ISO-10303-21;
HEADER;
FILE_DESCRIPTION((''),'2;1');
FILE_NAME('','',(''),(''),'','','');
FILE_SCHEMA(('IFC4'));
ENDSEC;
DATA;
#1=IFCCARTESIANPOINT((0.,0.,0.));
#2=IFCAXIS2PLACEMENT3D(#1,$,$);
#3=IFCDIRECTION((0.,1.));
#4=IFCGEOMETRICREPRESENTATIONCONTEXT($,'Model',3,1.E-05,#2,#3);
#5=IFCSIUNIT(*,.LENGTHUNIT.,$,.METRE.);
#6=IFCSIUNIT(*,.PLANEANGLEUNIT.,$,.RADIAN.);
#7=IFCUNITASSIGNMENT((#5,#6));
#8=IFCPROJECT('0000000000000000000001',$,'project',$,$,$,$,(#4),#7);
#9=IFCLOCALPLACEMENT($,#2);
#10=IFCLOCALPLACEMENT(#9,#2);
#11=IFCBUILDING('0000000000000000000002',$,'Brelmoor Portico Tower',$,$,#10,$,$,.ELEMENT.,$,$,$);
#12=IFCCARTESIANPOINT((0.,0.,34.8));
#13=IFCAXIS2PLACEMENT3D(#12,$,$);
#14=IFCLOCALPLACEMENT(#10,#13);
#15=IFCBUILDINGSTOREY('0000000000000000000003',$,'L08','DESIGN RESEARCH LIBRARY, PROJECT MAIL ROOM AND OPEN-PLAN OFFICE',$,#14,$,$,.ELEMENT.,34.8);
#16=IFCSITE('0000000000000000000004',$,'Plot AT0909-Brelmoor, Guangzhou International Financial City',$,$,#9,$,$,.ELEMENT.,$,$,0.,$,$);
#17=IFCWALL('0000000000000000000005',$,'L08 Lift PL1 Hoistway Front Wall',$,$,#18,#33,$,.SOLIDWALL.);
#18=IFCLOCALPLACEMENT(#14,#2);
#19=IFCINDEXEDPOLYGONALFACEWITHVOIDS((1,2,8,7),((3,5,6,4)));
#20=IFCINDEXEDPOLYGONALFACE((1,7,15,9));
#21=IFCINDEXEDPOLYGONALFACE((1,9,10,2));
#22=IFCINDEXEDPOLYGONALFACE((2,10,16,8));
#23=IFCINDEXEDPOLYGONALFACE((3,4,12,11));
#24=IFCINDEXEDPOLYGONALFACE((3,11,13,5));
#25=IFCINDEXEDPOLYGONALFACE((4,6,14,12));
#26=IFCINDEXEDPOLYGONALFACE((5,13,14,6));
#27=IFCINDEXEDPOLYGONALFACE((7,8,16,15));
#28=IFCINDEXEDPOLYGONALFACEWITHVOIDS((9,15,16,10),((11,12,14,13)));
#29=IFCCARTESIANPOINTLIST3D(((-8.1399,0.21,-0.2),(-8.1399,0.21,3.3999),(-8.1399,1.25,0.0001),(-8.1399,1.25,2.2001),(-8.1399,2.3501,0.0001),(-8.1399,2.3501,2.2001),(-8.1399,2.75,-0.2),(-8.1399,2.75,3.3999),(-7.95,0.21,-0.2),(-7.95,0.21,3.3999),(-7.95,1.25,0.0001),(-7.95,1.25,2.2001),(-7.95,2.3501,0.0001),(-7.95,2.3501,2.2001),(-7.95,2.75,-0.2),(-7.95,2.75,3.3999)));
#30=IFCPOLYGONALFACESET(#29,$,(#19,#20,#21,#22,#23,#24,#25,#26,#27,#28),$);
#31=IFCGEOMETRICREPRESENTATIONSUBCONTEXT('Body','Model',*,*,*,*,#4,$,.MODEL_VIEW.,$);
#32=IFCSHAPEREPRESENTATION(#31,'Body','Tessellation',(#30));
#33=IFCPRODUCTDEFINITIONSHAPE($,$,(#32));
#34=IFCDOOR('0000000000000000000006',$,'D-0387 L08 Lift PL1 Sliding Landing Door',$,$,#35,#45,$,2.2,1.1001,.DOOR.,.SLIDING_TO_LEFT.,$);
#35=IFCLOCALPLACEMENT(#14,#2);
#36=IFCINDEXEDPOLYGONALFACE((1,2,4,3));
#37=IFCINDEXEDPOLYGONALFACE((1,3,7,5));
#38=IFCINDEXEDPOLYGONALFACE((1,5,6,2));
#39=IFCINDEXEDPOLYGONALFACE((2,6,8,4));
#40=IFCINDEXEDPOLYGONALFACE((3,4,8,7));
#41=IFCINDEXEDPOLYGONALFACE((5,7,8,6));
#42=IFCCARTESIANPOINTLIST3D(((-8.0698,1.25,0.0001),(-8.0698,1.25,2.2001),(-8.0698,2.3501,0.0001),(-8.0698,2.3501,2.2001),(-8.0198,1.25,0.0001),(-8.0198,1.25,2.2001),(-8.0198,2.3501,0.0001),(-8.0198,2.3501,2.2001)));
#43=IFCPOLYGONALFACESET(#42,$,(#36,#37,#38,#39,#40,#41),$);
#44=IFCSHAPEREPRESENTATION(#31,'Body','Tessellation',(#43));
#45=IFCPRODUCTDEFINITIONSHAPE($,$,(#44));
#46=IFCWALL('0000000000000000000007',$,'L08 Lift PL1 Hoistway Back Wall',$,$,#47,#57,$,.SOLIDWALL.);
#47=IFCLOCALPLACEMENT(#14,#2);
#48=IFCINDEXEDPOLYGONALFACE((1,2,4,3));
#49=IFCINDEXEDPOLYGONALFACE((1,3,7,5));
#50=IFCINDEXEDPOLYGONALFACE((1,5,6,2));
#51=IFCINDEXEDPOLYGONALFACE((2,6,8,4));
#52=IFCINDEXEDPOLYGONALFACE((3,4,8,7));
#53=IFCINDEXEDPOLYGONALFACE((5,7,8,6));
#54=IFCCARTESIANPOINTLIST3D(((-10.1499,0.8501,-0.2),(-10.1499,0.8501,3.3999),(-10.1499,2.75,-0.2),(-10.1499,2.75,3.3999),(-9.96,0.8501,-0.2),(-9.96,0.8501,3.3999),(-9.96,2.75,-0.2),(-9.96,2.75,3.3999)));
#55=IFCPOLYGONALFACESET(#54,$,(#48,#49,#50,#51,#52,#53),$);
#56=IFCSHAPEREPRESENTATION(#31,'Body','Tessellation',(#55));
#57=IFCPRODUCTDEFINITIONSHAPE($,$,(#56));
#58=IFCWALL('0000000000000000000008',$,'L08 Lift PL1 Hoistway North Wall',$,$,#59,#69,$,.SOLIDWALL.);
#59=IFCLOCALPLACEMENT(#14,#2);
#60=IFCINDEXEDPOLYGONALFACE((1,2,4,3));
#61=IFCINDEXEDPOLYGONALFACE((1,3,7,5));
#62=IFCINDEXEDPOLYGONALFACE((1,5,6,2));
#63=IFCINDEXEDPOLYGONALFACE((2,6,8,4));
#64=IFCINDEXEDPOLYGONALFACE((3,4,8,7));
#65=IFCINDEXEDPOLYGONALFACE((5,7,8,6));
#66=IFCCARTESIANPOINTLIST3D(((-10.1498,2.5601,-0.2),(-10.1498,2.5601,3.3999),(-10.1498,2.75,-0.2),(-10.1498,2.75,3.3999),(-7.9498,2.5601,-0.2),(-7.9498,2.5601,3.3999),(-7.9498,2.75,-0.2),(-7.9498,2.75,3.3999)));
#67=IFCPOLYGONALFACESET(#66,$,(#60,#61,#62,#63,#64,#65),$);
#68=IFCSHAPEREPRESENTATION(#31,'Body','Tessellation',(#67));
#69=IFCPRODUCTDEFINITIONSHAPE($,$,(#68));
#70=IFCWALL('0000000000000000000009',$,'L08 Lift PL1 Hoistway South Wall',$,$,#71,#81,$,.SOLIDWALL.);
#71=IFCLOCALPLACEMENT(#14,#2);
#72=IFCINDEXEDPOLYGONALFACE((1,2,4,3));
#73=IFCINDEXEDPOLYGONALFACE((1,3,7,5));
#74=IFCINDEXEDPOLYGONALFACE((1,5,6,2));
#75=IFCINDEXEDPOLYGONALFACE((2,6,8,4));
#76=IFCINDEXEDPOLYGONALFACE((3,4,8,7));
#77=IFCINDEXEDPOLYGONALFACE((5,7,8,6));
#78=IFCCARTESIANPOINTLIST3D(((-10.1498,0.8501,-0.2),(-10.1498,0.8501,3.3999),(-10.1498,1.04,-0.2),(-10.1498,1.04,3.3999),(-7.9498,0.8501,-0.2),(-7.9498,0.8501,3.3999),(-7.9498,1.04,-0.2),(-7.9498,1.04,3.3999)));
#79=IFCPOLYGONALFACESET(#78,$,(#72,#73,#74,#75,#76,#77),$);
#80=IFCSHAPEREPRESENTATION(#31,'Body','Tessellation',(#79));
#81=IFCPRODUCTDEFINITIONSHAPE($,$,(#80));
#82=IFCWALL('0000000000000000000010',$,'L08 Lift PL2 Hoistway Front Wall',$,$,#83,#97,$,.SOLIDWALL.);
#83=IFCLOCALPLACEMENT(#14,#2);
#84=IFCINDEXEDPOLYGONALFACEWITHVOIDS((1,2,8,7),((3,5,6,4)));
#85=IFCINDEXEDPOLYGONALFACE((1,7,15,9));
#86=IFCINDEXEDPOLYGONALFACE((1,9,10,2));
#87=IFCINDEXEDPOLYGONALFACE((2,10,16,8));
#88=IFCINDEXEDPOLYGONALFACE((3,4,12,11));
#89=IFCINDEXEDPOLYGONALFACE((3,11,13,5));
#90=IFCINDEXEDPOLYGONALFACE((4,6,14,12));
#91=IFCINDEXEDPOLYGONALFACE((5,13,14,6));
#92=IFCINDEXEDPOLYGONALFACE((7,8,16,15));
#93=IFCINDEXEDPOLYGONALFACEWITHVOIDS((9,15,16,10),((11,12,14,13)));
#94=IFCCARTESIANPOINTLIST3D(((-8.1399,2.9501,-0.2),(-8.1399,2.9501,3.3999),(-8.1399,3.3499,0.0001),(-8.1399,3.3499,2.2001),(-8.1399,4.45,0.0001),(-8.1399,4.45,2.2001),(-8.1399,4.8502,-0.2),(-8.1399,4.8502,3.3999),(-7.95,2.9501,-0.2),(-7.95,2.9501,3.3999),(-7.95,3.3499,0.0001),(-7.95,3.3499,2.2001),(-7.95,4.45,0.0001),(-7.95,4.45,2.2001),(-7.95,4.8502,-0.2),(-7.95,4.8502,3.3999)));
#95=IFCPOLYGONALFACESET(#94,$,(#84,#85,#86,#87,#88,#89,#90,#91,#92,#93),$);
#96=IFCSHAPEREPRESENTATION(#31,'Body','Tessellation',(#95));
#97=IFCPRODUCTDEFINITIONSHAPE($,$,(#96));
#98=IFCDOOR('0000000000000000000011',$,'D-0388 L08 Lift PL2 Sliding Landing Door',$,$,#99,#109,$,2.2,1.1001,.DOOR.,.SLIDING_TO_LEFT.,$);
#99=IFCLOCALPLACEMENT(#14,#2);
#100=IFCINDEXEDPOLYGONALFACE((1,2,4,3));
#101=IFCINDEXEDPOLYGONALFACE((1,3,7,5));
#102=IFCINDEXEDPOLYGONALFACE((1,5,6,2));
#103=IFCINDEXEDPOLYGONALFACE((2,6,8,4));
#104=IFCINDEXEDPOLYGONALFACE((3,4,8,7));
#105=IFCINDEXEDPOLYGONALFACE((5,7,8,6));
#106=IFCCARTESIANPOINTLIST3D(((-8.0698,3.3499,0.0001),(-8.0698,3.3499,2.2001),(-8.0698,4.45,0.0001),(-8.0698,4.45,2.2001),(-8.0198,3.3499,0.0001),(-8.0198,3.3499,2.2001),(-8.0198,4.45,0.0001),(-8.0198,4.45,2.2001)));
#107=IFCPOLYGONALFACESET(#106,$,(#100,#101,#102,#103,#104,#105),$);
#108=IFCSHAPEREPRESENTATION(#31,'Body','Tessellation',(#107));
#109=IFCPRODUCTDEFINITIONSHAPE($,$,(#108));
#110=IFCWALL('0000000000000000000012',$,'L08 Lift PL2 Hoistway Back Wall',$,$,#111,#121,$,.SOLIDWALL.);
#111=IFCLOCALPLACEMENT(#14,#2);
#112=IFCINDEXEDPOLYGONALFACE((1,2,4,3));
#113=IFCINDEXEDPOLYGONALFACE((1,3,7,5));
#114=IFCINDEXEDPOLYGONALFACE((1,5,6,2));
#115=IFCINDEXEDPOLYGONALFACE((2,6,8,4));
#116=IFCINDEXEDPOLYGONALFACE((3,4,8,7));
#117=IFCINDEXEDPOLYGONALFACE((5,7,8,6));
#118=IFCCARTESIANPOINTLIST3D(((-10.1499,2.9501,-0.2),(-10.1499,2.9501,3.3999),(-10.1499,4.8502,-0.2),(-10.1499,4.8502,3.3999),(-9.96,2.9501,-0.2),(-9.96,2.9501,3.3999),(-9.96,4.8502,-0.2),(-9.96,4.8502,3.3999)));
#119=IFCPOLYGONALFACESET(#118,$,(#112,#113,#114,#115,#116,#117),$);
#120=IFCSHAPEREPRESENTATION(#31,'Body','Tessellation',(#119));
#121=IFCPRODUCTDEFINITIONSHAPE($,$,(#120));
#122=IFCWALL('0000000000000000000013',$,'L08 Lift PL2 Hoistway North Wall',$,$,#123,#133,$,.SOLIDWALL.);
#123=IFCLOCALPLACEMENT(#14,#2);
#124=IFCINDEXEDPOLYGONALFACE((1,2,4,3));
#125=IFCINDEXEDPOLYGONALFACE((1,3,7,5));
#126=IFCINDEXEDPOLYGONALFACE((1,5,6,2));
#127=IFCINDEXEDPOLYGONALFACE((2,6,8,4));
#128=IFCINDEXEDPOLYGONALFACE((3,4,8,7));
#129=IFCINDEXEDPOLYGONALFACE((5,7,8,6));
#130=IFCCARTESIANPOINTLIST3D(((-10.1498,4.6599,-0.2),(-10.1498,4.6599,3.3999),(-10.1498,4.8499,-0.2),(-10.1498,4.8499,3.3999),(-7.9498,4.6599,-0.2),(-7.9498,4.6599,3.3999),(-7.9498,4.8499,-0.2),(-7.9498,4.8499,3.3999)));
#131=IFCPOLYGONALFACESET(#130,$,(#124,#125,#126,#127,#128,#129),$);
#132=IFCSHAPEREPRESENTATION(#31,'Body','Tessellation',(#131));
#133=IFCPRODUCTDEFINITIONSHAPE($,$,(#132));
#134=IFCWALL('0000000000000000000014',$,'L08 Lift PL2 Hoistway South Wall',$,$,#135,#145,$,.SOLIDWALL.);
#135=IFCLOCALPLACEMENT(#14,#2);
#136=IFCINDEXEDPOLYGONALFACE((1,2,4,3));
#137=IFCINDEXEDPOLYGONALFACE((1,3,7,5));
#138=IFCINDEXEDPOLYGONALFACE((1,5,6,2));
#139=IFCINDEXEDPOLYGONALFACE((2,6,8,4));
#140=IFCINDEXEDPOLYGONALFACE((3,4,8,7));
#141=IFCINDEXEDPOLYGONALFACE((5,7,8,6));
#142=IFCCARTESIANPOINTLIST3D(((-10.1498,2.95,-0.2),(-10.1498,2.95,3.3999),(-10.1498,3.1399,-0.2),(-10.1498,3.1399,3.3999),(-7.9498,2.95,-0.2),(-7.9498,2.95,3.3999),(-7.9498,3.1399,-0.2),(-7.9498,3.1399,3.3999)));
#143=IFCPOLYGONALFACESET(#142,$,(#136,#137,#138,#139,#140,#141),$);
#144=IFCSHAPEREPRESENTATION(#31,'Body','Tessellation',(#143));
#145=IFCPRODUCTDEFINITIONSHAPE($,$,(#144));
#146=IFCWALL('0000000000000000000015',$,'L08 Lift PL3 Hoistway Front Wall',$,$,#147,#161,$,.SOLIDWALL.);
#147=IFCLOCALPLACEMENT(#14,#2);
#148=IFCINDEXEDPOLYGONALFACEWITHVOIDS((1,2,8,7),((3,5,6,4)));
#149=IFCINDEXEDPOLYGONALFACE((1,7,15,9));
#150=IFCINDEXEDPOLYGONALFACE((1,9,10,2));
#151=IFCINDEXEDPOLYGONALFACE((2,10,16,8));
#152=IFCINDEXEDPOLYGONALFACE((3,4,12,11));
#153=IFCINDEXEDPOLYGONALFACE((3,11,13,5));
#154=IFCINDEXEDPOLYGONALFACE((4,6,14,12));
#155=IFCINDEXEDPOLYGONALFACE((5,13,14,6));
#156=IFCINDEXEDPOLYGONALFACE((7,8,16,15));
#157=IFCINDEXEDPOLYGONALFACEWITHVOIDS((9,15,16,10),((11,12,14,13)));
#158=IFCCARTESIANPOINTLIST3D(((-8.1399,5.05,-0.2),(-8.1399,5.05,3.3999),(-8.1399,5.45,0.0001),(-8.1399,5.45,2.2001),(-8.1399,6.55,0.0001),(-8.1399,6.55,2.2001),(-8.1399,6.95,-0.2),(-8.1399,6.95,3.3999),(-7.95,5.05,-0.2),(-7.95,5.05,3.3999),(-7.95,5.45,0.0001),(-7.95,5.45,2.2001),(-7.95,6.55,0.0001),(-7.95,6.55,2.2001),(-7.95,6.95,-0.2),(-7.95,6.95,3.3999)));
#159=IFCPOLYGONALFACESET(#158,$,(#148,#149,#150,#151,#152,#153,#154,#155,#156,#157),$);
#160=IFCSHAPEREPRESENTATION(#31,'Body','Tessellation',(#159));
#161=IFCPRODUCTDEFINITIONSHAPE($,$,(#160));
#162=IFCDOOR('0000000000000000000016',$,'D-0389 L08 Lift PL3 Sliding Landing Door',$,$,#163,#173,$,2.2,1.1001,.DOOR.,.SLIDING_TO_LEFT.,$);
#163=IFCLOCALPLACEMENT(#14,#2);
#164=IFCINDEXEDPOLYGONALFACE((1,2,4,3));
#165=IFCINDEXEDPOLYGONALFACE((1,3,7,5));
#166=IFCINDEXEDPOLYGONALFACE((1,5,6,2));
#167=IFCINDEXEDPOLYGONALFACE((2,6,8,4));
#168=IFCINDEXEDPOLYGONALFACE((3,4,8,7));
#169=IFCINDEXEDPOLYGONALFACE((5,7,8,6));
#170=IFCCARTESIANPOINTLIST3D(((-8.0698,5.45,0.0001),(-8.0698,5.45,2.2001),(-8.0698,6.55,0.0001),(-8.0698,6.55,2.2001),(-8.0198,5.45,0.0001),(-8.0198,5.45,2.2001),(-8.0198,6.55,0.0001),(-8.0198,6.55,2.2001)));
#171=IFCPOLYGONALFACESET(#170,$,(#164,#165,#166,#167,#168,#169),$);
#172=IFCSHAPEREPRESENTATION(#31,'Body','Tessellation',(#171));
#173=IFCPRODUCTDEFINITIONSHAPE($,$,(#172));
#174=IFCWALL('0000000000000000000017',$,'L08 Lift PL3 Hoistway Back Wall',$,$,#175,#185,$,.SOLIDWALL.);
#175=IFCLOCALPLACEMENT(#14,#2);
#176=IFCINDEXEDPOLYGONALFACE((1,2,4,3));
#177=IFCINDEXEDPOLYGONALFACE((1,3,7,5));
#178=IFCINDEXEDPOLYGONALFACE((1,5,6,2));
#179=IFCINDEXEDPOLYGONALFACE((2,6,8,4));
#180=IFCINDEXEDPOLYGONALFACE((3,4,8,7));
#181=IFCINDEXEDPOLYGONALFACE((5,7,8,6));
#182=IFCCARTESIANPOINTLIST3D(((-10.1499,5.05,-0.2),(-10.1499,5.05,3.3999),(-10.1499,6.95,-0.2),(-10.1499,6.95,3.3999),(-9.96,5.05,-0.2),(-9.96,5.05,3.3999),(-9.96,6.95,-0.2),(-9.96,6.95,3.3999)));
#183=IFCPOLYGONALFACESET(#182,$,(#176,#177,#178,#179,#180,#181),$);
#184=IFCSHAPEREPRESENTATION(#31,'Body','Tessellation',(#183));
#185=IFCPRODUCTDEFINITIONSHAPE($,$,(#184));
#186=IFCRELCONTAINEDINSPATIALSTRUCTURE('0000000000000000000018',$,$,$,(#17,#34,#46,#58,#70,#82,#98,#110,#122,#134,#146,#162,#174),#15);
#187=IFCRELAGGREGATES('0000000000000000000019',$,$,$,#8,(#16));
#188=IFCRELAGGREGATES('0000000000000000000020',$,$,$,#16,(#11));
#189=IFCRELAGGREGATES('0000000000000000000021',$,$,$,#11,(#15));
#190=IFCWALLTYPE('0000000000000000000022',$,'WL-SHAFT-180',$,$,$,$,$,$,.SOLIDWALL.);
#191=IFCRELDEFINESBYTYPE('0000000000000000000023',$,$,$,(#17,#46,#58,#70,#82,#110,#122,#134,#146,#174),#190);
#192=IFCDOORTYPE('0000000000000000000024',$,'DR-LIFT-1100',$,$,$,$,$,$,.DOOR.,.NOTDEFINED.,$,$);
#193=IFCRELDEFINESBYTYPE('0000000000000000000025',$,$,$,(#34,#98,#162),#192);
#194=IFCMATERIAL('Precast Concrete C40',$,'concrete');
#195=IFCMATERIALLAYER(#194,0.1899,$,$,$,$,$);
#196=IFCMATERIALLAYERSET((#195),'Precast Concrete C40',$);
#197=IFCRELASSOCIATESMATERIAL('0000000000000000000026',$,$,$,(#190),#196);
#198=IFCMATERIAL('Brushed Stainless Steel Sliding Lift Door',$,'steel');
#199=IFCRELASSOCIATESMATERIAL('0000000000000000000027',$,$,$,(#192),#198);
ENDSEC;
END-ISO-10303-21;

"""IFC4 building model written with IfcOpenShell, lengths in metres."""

from ifc_helpers import new_model, si_unit, direction, frame, frame_2d, origin, place, context, subcontext, project, spatial, rectangle, extrude, material, layer, layer_set, type_object, element, fill, save


model = new_model("IFC4")

# Units and contexts
model_context = context("Model", 3, precision=1e-05, world=origin(), true_north=direction((0.0, 1.0)))
body_context = subcontext(model_context, "Body", "Model", "MODEL_VIEW")
ifc_project = project(units=[si_unit("LENGTHUNIT", "METRE"), si_unit("PLANEANGLEUNIT", "RADIAN")], contexts=[model_context])

# Site, building, storey
site_placement = place(None, origin())
site = spatial("IfcSite", under=ifc_project, at=site_placement, Name="Plot AT0909-Brelmoor, Guangzhou International Financial City", CompositionType="ELEMENT", RefElevation=0.0)
building_placement = place(site_placement, origin())
building = spatial("IfcBuilding", under=site, at=building_placement, Name="Brelmoor Portico Tower", CompositionType="ELEMENT")
storey_placement = place(building_placement, frame((0.0, 0.0, 34.8)))
storey = spatial("IfcBuildingStorey", under=building, at=storey_placement, Name="L08", Description="DESIGN RESEARCH LIBRARY, PROJECT MAIL ROOM AND OPEN-PLAN OFFICE", CompositionType="ELEMENT", Elevation=34.8)

# Wall, opening, door
ifc_material_1 = material(Name="Precast Concrete C40", Category="concrete")
ifc_layer_1 = layer(ifc_material_1, 0.1899)
ifc_layer_set_1 = layer_set([ifc_layer_1], Name="Precast Concrete C40")
wall_type_1 = type_object("IfcWallType", Name="WL-SHAFT-180", PredefinedType="SOLIDWALL", material=ifc_layer_set_1)
wall_1_placement = place(storey_placement, frame((-8.0449, 0.21, -0.2), z_axis=(0.0, 0.0, 1.0), x_axis=(0.0, 1.0, 0.0)))
wall_1 = element("IfcWall", 1, at=wall_1_placement, inside=storey, type_object=wall_type_1, Name="L08 Lift PL1 Hoistway Front Wall", PredefinedType="SOLIDWALL", context=body_context, shape_type="SweptSolid", body=[
    extrude(rectangle(XDim=2.54, YDim=0.1899, at=frame_2d((1.27, 0.0))), origin(), (0.0, 0.0, 1.0), 3.5999),
])
opening_1_placement = place(wall_1_placement, frame((1.04, 0.0, 0.2)))
opening_1 = element("IfcOpeningElement", 2, at=opening_1_placement, cuts=wall_1, PredefinedType="OPENING", context=body_context, shape_type="SweptSolid", body=[
    extrude(rectangle(XDim=1.1001, YDim=2.2, at=frame_2d((0.55, 1.1001))), frame((0.0, 0.105, 0.0), z_axis=(0.0, -1.0, 0.0), x_axis=(1.0, 0.0, 0.0)), (0.0, 0.0, 1.0), 0.21),
])
ifc_material_2 = material(Name="Brushed Stainless Steel Sliding Lift Door", Category="steel")
door_type_1 = type_object("IfcDoorType", Name="DR-LIFT-1100", OperationType="NOTDEFINED", PredefinedType="DOOR", material=ifc_material_2)
door_1_placement = place(opening_1_placement, origin())
door_1 = element("IfcDoor", 3, at=door_1_placement, inside=storey, type_object=door_type_1, Name="D-0387 L08 Lift PL1 Sliding Landing Door", OperationType="SLIDING_TO_LEFT", OverallHeight=2.2, OverallWidth=1.1001, PredefinedType="DOOR", context=body_context, shape_type="SweptSolid", body=[
    extrude(rectangle(XDim=1.1001, YDim=2.2, at=frame_2d((0.55, 1.1001))), frame((0.0, 0.0249, 0.0), z_axis=(0.0, -1.0, 0.0), x_axis=(1.0, 0.0, 0.0)), (0.0, 0.0, 1.0), 0.05),
])
fill(opening_1, door_1)

# Walls
wall_2_placement = place(storey_placement, frame((-10.0549, 0.8501, -0.2), z_axis=(0.0, 0.0, 1.0), x_axis=(0.0, 1.0, 0.0)))
element("IfcWall", 4, at=wall_2_placement, inside=storey, type_object=wall_type_1, Name="L08 Lift PL1 Hoistway Back Wall", PredefinedType="SOLIDWALL", context=body_context, shape_type="SweptSolid", body=[
    extrude(rectangle(XDim=1.8999, YDim=0.1899, at=frame_2d((0.95, 0.0))), origin(), (0.0, 0.0, 1.0), 3.5999),
])
for number, where, z_axis, x_axis, name in (
    (5, (-10.1499, 2.655, -0.2), (0.0, 0.0, 1.0), (1.0, 0.0, 0.0), "L08 Lift PL1 Hoistway North Wall"),
    (6, (-10.1499, 0.9451, -0.2), (0.0, 0.0, 1.0), (1.0, 0.0, 0.0), "L08 Lift PL1 Hoistway South Wall"),
):
    element("IfcWall", number, at=place(storey_placement, frame(where, z_axis=z_axis, x_axis=x_axis)), inside=storey, type_object=wall_type_1, Name=name, PredefinedType="SOLIDWALL", context=body_context, shape_type="SweptSolid", body=[
        extrude(rectangle(XDim=2.2, YDim=0.1899, at=frame_2d((1.1001, 0.0))), origin(), (0.0, 0.0, 1.0), 3.5999),
    ])

# Wall, opening, door
wall_3_placement = place(storey_placement, frame((-8.0449, 2.95, -0.2), z_axis=(0.0, 0.0, 1.0), x_axis=(0.0, 1.0, 0.0)))
wall_3 = element("IfcWall", 7, at=wall_3_placement, inside=storey, type_object=wall_type_1, Name="L08 Lift PL2 Hoistway Front Wall", PredefinedType="SOLIDWALL", context=body_context, shape_type="SweptSolid", body=[
    extrude(rectangle(XDim=1.9001, YDim=0.1899, at=frame_2d((0.9502, 0.0))), origin(), (0.0, 0.0, 1.0), 3.5999),
])
opening_2_placement = place(wall_3_placement, frame((0.3999, 0.0, 0.2)))
opening_2 = element("IfcOpeningElement", 8, at=opening_2_placement, cuts=wall_3, PredefinedType="OPENING", context=body_context, shape_type="SweptSolid", body=[
    extrude(rectangle(XDim=1.1001, YDim=2.2, at=frame_2d((0.55, 1.1001))), frame((0.0, 0.105, 0.0), z_axis=(0.0, -1.0, 0.0), x_axis=(1.0, 0.0, 0.0)), (0.0, 0.0, 1.0), 0.21),
])
door_2_placement = place(opening_2_placement, origin())
door_2 = element("IfcDoor", 9, at=door_2_placement, inside=storey, type_object=door_type_1, Name="D-0388 L08 Lift PL2 Sliding Landing Door", OperationType="SLIDING_TO_LEFT", OverallHeight=2.2, OverallWidth=1.1001, PredefinedType="DOOR", context=body_context, shape_type="SweptSolid", body=[
    extrude(rectangle(XDim=1.1001, YDim=2.2, at=frame_2d((0.55, 1.1001))), frame((0.0, 0.0249, 0.0), z_axis=(0.0, -1.0, 0.0), x_axis=(1.0, 0.0, 0.0)), (0.0, 0.0, 1.0), 0.05),
])
fill(opening_2, door_2)

# Walls
wall_4_placement = place(storey_placement, frame((-10.0549, 2.95, -0.2), z_axis=(0.0, 0.0, 1.0), x_axis=(0.0, 1.0, 0.0)))
element("IfcWall", 10, at=wall_4_placement, inside=storey, type_object=wall_type_1, Name="L08 Lift PL2 Hoistway Back Wall", PredefinedType="SOLIDWALL", context=body_context, shape_type="SweptSolid", body=[
    extrude(rectangle(XDim=1.9001, YDim=0.1899, at=frame_2d((0.9502, 0.0))), origin(), (0.0, 0.0, 1.0), 3.5999),
])
for number, where, z_axis, x_axis, name in (
    (11, (-10.1499, 4.7549, -0.2), (0.0, 0.0, 1.0), (1.0, 0.0, 0.0), "L08 Lift PL2 Hoistway North Wall"),
    (12, (-10.1499, 3.0449, -0.2), (0.0, 0.0, 1.0), (1.0, 0.0, 0.0), "L08 Lift PL2 Hoistway South Wall"),
):
    element("IfcWall", number, at=place(storey_placement, frame(where, z_axis=z_axis, x_axis=x_axis)), inside=storey, type_object=wall_type_1, Name=name, PredefinedType="SOLIDWALL", context=body_context, shape_type="SweptSolid", body=[
        extrude(rectangle(XDim=2.2, YDim=0.1899, at=frame_2d((1.1001, 0.0))), origin(), (0.0, 0.0, 1.0), 3.5999),
    ])

# Wall, opening, door
wall_5_placement = place(storey_placement, frame((-8.0449, 5.05, -0.2), z_axis=(0.0, 0.0, 1.0), x_axis=(0.0, 1.0, 0.0)))
wall_5 = element("IfcWall", 13, at=wall_5_placement, inside=storey, type_object=wall_type_1, Name="L08 Lift PL3 Hoistway Front Wall", PredefinedType="SOLIDWALL", context=body_context, shape_type="SweptSolid", body=[
    extrude(rectangle(XDim=1.8999, YDim=0.1899, at=frame_2d((0.95, 0.0))), origin(), (0.0, 0.0, 1.0), 3.5999),
])
opening_3_placement = place(wall_5_placement, frame((0.3999, 0.0, 0.2)))
opening_3 = element("IfcOpeningElement", 14, at=opening_3_placement, cuts=wall_5, PredefinedType="OPENING", context=body_context, shape_type="SweptSolid", body=[
    extrude(rectangle(XDim=1.1001, YDim=2.2, at=frame_2d((0.55, 1.1001))), frame((0.0, 0.105, 0.0), z_axis=(0.0, -1.0, 0.0), x_axis=(1.0, 0.0, 0.0)), (0.0, 0.0, 1.0), 0.21),
])
door_3_placement = place(opening_3_placement, origin())
door_3 = element("IfcDoor", 15, at=door_3_placement, inside=storey, type_object=door_type_1, Name="D-0389 L08 Lift PL3 Sliding Landing Door", OperationType="SLIDING_TO_LEFT", OverallHeight=2.2, OverallWidth=1.1001, PredefinedType="DOOR", context=body_context, shape_type="SweptSolid", body=[
    extrude(rectangle(XDim=1.1001, YDim=2.2, at=frame_2d((0.55, 1.1001))), frame((0.0, 0.0249, 0.0), z_axis=(0.0, -1.0, 0.0), x_axis=(1.0, 0.0, 0.0)), (0.0, 0.0, 1.0), 0.05),
])
fill(opening_3, door_3)

# Wall
wall_6_placement = place(storey_placement, frame((-10.0549, 5.05, -0.2), z_axis=(0.0, 0.0, 1.0), x_axis=(0.0, 1.0, 0.0)))
element("IfcWall", 16, at=wall_6_placement, inside=storey, type_object=wall_type_1, Name="L08 Lift PL3 Hoistway Back Wall", PredefinedType="SOLIDWALL", context=body_context, shape_type="SweptSolid", body=[
    extrude(rectangle(XDim=1.8999, YDim=0.1899, at=frame_2d((0.95, 0.0))), origin(), (0.0, 0.0, 1.0), 3.5999),
])

save(model, "model.ifc")
